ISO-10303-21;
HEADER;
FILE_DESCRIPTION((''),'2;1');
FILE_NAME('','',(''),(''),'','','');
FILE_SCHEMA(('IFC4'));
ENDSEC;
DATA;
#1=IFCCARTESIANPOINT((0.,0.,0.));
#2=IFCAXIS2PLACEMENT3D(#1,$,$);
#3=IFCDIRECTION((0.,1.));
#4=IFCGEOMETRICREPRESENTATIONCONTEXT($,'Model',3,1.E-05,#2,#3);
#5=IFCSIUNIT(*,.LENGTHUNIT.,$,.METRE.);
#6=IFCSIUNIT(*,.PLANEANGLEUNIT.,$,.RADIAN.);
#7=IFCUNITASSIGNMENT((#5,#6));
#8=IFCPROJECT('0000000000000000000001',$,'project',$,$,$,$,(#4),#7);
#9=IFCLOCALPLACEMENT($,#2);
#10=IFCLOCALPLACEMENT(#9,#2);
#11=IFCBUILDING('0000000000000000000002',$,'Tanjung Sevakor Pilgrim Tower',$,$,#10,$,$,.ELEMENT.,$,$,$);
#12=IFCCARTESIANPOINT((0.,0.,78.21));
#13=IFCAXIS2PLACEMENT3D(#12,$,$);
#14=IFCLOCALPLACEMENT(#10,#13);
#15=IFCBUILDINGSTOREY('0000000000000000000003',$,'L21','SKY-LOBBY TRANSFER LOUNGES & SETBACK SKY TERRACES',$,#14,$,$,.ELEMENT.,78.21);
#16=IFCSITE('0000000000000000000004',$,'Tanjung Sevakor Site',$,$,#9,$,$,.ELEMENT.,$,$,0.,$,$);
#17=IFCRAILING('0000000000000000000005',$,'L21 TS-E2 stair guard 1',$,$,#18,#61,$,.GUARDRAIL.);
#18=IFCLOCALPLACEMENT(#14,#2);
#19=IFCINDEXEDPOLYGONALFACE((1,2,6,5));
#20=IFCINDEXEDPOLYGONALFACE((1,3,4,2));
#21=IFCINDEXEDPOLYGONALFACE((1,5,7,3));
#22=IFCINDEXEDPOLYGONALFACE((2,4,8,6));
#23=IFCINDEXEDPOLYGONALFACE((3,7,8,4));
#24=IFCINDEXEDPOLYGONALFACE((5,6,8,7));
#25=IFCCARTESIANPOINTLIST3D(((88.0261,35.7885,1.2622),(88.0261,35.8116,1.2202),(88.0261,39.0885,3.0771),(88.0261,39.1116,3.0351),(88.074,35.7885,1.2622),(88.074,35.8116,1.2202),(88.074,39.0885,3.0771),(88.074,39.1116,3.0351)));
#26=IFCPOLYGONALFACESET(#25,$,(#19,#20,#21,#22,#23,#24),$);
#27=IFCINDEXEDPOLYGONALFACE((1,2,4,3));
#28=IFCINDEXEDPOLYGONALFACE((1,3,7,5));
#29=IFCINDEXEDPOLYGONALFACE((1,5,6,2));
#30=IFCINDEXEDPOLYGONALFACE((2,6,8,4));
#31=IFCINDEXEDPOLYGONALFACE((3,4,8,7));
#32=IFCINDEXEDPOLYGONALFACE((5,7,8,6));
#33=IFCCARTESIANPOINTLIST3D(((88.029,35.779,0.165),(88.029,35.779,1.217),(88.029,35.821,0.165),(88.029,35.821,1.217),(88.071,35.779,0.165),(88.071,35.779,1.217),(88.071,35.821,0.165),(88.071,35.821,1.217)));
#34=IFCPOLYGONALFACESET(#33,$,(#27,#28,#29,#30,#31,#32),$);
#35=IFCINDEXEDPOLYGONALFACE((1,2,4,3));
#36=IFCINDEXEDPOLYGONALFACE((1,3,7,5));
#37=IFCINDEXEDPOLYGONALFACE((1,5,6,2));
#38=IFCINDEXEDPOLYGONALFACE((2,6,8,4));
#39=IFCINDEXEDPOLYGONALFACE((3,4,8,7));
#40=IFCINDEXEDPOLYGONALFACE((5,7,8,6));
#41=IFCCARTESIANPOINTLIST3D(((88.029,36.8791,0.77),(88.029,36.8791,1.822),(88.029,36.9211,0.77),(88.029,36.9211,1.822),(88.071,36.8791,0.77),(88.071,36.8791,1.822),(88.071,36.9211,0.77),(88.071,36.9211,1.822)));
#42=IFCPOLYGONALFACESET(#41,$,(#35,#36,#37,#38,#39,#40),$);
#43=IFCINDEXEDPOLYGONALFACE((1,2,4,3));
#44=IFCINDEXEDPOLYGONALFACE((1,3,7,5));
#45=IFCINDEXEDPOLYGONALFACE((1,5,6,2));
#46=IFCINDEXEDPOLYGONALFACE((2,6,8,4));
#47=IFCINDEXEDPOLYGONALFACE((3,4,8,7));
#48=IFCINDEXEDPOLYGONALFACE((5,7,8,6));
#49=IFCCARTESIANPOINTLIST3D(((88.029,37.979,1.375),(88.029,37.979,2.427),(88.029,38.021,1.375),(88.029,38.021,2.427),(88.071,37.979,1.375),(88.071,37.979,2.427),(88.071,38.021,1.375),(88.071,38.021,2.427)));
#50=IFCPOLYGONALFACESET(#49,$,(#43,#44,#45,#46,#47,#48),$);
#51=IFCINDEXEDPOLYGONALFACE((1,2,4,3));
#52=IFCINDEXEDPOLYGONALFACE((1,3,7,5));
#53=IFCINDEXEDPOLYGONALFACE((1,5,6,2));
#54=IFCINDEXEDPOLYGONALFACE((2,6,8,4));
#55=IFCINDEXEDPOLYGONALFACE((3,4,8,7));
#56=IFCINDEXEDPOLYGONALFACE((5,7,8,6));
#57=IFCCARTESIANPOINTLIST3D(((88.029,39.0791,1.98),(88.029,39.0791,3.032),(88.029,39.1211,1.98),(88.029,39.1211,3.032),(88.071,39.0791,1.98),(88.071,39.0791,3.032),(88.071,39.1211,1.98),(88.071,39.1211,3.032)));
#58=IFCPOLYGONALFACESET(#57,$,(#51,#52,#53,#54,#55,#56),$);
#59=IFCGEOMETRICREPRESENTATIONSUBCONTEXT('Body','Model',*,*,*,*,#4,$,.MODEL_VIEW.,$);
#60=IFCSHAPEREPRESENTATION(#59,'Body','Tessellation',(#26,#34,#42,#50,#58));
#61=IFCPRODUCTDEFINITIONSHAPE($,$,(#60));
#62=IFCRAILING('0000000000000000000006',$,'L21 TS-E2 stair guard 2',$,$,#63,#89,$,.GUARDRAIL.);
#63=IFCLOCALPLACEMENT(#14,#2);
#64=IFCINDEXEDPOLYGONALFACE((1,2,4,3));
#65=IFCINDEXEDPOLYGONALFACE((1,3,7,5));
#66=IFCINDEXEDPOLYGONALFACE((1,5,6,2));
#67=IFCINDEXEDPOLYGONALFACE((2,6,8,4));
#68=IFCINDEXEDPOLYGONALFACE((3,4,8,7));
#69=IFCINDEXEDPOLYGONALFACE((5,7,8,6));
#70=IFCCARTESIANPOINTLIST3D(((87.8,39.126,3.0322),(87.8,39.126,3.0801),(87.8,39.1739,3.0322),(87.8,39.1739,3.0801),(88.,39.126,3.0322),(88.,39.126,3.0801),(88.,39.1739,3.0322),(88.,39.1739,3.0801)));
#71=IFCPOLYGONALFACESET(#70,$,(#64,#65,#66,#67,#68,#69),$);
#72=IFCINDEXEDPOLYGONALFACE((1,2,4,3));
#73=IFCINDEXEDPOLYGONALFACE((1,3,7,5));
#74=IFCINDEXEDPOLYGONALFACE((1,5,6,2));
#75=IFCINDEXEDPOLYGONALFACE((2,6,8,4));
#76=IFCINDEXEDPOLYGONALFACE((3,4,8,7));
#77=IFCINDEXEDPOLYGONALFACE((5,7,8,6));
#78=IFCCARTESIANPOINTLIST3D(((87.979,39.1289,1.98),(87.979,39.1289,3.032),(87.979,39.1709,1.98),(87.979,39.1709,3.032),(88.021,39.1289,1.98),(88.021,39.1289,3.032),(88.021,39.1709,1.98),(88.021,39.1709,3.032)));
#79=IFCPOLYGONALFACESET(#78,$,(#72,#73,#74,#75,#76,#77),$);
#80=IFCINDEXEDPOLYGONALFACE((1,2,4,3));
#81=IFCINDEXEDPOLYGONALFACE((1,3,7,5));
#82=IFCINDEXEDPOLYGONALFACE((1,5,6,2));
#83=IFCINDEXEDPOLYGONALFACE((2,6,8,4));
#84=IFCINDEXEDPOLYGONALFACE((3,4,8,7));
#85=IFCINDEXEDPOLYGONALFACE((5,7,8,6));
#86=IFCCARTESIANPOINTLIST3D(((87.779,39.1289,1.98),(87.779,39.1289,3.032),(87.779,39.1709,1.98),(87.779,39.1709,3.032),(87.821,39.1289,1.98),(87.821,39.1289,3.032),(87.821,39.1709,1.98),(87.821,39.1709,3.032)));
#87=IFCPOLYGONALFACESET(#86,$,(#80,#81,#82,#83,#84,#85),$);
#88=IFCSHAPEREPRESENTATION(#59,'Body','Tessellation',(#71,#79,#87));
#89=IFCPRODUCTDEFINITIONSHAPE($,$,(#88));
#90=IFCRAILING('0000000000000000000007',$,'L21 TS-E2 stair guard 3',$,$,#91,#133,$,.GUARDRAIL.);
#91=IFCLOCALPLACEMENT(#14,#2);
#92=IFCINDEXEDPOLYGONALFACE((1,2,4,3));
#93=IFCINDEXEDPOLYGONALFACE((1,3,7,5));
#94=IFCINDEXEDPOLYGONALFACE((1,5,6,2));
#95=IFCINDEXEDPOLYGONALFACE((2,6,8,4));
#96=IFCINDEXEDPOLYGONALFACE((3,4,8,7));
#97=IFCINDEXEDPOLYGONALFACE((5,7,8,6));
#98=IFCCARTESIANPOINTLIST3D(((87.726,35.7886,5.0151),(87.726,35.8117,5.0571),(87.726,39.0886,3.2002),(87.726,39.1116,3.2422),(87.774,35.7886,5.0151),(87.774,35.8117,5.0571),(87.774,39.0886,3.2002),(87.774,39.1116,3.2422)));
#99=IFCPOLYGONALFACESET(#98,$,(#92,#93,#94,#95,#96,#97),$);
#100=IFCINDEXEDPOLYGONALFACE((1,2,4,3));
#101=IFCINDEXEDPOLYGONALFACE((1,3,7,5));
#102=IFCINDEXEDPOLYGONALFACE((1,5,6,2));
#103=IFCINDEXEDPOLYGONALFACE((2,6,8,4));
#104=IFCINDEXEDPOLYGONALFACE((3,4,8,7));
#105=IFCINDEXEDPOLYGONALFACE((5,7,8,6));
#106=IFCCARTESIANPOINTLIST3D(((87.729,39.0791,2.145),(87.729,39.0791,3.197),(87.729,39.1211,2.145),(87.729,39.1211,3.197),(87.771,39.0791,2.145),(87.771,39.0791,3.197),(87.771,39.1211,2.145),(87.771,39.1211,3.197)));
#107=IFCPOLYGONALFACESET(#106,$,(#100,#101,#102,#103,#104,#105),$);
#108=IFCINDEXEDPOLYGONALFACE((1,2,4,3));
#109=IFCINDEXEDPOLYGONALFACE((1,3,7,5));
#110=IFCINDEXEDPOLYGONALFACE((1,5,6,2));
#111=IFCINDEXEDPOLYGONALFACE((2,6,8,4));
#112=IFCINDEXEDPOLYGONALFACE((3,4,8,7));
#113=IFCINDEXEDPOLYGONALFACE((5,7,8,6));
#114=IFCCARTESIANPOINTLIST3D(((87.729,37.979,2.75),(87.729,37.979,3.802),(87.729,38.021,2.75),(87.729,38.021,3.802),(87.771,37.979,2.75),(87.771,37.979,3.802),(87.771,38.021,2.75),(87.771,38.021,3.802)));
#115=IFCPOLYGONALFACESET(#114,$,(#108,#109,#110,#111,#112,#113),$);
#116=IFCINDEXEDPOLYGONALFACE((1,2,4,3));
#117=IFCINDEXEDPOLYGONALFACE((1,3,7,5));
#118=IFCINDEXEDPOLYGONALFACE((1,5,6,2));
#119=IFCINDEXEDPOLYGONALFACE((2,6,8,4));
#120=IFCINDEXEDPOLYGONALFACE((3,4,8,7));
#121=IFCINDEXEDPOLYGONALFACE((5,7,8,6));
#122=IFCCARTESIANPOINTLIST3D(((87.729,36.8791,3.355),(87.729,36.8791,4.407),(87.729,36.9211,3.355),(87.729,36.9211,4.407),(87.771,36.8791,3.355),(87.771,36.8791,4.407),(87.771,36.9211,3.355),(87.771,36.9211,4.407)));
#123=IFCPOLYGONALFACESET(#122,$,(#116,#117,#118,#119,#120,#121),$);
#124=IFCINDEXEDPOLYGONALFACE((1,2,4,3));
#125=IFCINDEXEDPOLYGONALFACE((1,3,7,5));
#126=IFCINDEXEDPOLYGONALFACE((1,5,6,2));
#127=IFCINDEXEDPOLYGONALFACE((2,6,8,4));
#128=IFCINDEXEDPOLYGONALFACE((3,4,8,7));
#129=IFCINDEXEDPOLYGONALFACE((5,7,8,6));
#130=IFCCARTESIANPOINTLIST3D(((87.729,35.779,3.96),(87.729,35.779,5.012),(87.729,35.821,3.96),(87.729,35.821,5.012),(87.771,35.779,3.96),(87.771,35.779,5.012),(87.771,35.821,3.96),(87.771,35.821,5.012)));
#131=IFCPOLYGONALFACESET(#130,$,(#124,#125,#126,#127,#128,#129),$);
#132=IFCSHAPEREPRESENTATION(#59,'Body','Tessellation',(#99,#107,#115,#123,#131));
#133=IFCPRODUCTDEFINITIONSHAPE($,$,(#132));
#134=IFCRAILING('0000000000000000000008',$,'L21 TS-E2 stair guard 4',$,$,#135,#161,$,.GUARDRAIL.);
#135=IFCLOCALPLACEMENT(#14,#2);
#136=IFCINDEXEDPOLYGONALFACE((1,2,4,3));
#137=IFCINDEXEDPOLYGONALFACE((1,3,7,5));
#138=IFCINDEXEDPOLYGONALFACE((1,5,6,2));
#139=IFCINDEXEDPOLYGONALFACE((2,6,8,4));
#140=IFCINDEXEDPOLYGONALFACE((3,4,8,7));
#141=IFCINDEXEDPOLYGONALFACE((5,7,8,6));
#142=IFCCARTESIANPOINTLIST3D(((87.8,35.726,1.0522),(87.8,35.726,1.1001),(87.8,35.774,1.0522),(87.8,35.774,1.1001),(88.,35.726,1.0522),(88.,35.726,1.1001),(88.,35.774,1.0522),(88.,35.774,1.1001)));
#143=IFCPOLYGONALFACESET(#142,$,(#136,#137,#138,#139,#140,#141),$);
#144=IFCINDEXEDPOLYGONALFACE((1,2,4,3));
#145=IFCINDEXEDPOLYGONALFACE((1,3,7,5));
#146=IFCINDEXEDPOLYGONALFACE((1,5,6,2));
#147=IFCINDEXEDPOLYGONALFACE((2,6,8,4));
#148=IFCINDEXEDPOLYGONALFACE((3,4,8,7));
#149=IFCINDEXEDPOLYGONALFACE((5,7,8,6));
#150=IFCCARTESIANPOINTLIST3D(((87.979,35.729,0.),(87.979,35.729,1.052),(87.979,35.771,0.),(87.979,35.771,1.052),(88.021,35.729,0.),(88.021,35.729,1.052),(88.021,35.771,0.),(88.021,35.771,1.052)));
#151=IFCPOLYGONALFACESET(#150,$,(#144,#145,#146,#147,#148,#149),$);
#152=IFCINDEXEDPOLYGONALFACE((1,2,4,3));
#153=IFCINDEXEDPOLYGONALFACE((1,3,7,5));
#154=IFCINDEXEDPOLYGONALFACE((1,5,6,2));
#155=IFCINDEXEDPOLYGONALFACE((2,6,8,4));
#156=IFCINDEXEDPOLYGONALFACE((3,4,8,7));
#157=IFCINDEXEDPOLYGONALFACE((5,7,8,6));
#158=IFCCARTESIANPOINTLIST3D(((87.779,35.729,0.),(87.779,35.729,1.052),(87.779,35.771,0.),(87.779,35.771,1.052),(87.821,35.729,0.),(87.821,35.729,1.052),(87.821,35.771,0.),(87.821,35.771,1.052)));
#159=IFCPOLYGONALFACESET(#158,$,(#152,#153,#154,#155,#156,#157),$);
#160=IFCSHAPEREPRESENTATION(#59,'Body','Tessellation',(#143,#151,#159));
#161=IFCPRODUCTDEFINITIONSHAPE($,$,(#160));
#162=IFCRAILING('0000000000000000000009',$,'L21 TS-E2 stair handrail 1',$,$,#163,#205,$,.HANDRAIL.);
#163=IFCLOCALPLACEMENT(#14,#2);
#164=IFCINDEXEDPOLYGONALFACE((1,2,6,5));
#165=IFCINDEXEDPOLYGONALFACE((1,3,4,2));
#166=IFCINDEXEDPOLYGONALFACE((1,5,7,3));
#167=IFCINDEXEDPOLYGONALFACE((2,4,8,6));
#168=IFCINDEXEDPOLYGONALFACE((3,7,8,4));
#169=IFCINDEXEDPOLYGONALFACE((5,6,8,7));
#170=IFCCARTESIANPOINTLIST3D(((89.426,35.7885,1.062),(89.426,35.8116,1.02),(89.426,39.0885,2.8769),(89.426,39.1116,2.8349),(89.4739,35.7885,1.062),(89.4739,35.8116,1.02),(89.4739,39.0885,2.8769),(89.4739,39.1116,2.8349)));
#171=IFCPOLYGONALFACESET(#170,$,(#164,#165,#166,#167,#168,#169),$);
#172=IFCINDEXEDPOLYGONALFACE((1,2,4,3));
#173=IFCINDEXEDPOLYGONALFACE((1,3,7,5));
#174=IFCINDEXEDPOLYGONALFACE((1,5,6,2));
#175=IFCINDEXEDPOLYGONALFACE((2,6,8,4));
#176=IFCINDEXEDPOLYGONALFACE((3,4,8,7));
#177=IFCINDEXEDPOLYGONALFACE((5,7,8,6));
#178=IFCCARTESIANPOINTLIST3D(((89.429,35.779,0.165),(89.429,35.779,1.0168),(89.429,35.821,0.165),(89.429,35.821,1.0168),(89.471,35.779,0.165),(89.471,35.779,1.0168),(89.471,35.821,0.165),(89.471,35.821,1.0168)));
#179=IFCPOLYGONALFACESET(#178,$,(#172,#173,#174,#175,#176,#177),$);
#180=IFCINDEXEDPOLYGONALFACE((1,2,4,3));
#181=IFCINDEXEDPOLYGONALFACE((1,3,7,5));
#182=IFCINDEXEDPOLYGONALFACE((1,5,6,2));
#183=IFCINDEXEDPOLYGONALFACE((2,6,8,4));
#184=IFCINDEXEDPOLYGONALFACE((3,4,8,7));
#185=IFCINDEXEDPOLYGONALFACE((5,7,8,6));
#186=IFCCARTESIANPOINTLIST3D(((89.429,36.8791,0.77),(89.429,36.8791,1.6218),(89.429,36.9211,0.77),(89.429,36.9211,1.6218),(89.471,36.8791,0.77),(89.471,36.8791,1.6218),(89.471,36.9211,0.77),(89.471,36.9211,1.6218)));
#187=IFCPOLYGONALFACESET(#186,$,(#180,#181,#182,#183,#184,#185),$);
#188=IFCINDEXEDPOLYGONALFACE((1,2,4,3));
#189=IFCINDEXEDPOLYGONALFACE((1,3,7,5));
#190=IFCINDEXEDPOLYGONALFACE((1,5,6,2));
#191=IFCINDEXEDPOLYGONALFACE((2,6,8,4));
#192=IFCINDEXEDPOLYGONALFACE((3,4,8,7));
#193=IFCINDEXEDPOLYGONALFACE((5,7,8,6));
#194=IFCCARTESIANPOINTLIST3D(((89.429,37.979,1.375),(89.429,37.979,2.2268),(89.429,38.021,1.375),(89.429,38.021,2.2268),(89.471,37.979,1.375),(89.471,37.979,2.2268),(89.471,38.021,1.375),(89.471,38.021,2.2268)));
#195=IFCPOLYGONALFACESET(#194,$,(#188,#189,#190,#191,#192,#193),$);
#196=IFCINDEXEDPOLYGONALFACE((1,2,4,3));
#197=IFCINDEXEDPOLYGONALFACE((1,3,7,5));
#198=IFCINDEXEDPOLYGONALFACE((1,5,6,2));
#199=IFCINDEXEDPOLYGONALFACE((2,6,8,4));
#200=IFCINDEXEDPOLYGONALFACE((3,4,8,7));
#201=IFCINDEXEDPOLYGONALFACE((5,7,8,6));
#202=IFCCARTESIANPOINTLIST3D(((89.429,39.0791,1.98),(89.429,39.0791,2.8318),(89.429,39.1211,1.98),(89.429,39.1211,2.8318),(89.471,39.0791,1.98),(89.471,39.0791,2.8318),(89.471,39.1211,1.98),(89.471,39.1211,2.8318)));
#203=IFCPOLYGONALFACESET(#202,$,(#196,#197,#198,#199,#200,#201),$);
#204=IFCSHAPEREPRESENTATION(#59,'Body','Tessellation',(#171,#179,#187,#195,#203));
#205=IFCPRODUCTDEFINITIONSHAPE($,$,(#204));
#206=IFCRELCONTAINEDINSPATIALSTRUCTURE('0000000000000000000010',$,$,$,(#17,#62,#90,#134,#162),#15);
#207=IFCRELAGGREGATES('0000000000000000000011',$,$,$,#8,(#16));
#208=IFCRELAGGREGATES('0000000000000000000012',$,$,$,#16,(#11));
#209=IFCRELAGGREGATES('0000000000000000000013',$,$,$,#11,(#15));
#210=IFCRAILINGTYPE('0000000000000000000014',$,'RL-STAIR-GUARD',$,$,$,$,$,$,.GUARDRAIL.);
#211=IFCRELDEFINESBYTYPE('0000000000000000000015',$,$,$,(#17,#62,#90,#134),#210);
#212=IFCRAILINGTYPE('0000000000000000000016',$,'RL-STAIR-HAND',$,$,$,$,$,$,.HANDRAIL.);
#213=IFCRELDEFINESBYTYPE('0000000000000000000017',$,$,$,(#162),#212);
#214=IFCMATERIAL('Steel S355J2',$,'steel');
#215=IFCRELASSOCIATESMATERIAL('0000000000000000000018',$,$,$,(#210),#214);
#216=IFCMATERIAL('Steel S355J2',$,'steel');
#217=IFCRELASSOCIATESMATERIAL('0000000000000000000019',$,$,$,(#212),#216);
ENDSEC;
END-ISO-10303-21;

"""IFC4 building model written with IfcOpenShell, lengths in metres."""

from ifc_helpers import new_model, si_unit, direction, frame, origin, place, context, subcontext, project, spatial, rectangle, extrude, material, type_object, element, save


model = new_model("IFC4")

# Units and contexts
model_context = context("Model", 3, precision=1e-05, world=origin(), true_north=direction((0.0, 1.0)))
body_context = subcontext(model_context, "Body", "Model", "MODEL_VIEW")
ifc_project = project(units=[si_unit("LENGTHUNIT", "METRE"), si_unit("PLANEANGLEUNIT", "RADIAN")], contexts=[model_context])

# Site, building, storey
site_placement = place(None, origin())
site = spatial("IfcSite", under=ifc_project, at=site_placement, Name="Tanjung Sevakor Site", CompositionType="ELEMENT", RefElevation=0.0)
building_placement = place(site_placement, origin())
building = spatial("IfcBuilding", under=site, at=building_placement, Name="Tanjung Sevakor Pilgrim Tower", CompositionType="ELEMENT")
storey_placement = place(building_placement, frame((0.0, 0.0, 78.21)))
storey = spatial("IfcBuildingStorey", under=building, at=storey_placement, Name="L21", Description="SKY-LOBBY TRANSFER LOUNGES & SETBACK SKY TERRACES", CompositionType="ELEMENT", Elevation=78.21)

# Railings
ifc_material_1 = material(Name="Steel S355J2", Category="steel")
railing_type_1 = type_object("IfcRailingType", Name="RL-STAIR-GUARD", PredefinedType="GUARDRAIL", material=ifc_material_1)
railing_1_placement = place(storey_placement, frame((88.05, 35.8, 0.165)))
element("IfcRailing", 1, at=railing_1_placement, inside=storey, type_object=railing_type_1, Name="L21 TS-E2 stair guard 1", PredefinedType="GUARDRAIL", context=body_context, shape_type="SweptSolid", body=[
    extrude(rectangle(XDim=0.0479, YDim=0.0479), frame((0.0, 0.0, 1.0762), z_axis=(0.0, 0.876225, 0.481901), x_axis=(-1.0, 0.0, 0.0)), (0.0, 0.0, 1.0), 3.7661),
    extrude(rectangle(XDim=0.042, YDim=0.042), origin(), (0.0, 0.0, 1.0), 1.052),
    extrude(rectangle(XDim=0.042, YDim=0.042), frame((0.0, 1.1001, 0.605)), (0.0, 0.0, 1.0), 1.052),
    extrude(rectangle(XDim=0.042, YDim=0.042), frame((0.0, 2.2, 1.21)), (0.0, 0.0, 1.0), 1.052),
    extrude(rectangle(XDim=0.042, YDim=0.042), frame((0.0, 3.3, 1.8149)), (0.0, 0.0, 1.0), 1.052),
])
railing_2_placement = place(storey_placement, frame((88.0, 39.1499, 1.98)))
element("IfcRailing", 2, at=railing_2_placement, inside=storey, type_object=railing_type_1, Name="L21 TS-E2 stair guard 2", PredefinedType="GUARDRAIL", context=body_context, shape_type="SweptSolid", body=[
    extrude(rectangle(XDim=0.0479, YDim=0.0479), frame((0.0, 0.0, 1.0762), z_axis=(-1.0, 0.0, 0.0), x_axis=(0.0, -1.0, 0.0)), (0.0, 0.0, 1.0), 0.2),
    extrude(rectangle(XDim=0.042, YDim=0.042), origin(), (0.0, 0.0, 1.0), 1.052),
    extrude(rectangle(XDim=0.042, YDim=0.042), frame((-0.2, 0.0, 0.0)), (0.0, 0.0, 1.0), 1.052),
])
railing_3_placement = place(storey_placement, frame((87.75, 39.1001, 2.145)))
element("IfcRailing", 3, at=railing_3_placement, inside=storey, type_object=railing_type_1, Name="L21 TS-E2 stair guard 3", PredefinedType="GUARDRAIL", context=body_context, shape_type="SweptSolid", body=[
    extrude(rectangle(XDim=0.0479, YDim=0.0479), frame((0.0, 0.0, 1.0762), z_axis=(0.0, -0.876225, 0.481901), x_axis=(1.0, 0.0, 0.0)), (0.0, 0.0, 1.0), 3.7661),
    extrude(rectangle(XDim=0.042, YDim=0.042), origin(), (0.0, 0.0, 1.0), 1.052),
    extrude(rectangle(XDim=0.042, YDim=0.042), frame((0.0, -1.1001, 0.605)), (0.0, 0.0, 1.0), 1.052),
    extrude(rectangle(XDim=0.042, YDim=0.042), frame((0.0, -2.2, 1.21)), (0.0, 0.0, 1.0), 1.052),
    extrude(rectangle(XDim=0.042, YDim=0.042), frame((0.0, -3.3, 1.8149)), (0.0, 0.0, 1.0), 1.052),
])
railing_4_placement = place(storey_placement, frame((88.0, 35.75, 0.0)))
element("IfcRailing", 4, at=railing_4_placement, inside=storey, type_object=railing_type_1, Name="L21 TS-E2 stair guard 4", PredefinedType="GUARDRAIL", context=body_context, shape_type="SweptSolid", body=[
    extrude(rectangle(XDim=0.0479, YDim=0.0479), frame((0.0, 0.0, 1.0762), z_axis=(-1.0, 0.0, 0.0), x_axis=(0.0, -1.0, 0.0)), (0.0, 0.0, 1.0), 0.2),
    extrude(rectangle(XDim=0.042, YDim=0.042), origin(), (0.0, 0.0, 1.0), 1.052),
    extrude(rectangle(XDim=0.042, YDim=0.042), frame((-0.2, 0.0, 0.0)), (0.0, 0.0, 1.0), 1.052),
])
ifc_material_2 = material(Name="Steel S355J2", Category="steel")
railing_type_2 = type_object("IfcRailingType", Name="RL-STAIR-HAND", PredefinedType="HANDRAIL", material=ifc_material_2)
railing_5_placement = place(storey_placement, frame((89.45, 35.8, 0.165)))
element("IfcRailing", 5, at=railing_5_placement, inside=storey, type_object=railing_type_2, Name="L21 TS-E2 stair handrail 1", PredefinedType="HANDRAIL", context=body_context, shape_type="SweptSolid", body=[
    extrude(rectangle(XDim=0.0479, YDim=0.0479), frame((0.0, 0.0, 0.876), z_axis=(0.0, 0.876225, 0.481901), x_axis=(-1.0, 0.0, 0.0)), (0.0, 0.0, 1.0), 3.7661),
    extrude(rectangle(XDim=0.042, YDim=0.042), origin(), (0.0, 0.0, 1.0), 0.8518),
    extrude(rectangle(XDim=0.042, YDim=0.042), frame((0.0, 1.1001, 0.605)), (0.0, 0.0, 1.0), 0.8518),
    extrude(rectangle(XDim=0.042, YDim=0.042), frame((0.0, 2.2, 1.21)), (0.0, 0.0, 1.0), 0.8518),
    extrude(rectangle(XDim=0.042, YDim=0.042), frame((0.0, 3.3, 1.8149)), (0.0, 0.0, 1.0), 0.8518),
])

save(model, "model.ifc")
